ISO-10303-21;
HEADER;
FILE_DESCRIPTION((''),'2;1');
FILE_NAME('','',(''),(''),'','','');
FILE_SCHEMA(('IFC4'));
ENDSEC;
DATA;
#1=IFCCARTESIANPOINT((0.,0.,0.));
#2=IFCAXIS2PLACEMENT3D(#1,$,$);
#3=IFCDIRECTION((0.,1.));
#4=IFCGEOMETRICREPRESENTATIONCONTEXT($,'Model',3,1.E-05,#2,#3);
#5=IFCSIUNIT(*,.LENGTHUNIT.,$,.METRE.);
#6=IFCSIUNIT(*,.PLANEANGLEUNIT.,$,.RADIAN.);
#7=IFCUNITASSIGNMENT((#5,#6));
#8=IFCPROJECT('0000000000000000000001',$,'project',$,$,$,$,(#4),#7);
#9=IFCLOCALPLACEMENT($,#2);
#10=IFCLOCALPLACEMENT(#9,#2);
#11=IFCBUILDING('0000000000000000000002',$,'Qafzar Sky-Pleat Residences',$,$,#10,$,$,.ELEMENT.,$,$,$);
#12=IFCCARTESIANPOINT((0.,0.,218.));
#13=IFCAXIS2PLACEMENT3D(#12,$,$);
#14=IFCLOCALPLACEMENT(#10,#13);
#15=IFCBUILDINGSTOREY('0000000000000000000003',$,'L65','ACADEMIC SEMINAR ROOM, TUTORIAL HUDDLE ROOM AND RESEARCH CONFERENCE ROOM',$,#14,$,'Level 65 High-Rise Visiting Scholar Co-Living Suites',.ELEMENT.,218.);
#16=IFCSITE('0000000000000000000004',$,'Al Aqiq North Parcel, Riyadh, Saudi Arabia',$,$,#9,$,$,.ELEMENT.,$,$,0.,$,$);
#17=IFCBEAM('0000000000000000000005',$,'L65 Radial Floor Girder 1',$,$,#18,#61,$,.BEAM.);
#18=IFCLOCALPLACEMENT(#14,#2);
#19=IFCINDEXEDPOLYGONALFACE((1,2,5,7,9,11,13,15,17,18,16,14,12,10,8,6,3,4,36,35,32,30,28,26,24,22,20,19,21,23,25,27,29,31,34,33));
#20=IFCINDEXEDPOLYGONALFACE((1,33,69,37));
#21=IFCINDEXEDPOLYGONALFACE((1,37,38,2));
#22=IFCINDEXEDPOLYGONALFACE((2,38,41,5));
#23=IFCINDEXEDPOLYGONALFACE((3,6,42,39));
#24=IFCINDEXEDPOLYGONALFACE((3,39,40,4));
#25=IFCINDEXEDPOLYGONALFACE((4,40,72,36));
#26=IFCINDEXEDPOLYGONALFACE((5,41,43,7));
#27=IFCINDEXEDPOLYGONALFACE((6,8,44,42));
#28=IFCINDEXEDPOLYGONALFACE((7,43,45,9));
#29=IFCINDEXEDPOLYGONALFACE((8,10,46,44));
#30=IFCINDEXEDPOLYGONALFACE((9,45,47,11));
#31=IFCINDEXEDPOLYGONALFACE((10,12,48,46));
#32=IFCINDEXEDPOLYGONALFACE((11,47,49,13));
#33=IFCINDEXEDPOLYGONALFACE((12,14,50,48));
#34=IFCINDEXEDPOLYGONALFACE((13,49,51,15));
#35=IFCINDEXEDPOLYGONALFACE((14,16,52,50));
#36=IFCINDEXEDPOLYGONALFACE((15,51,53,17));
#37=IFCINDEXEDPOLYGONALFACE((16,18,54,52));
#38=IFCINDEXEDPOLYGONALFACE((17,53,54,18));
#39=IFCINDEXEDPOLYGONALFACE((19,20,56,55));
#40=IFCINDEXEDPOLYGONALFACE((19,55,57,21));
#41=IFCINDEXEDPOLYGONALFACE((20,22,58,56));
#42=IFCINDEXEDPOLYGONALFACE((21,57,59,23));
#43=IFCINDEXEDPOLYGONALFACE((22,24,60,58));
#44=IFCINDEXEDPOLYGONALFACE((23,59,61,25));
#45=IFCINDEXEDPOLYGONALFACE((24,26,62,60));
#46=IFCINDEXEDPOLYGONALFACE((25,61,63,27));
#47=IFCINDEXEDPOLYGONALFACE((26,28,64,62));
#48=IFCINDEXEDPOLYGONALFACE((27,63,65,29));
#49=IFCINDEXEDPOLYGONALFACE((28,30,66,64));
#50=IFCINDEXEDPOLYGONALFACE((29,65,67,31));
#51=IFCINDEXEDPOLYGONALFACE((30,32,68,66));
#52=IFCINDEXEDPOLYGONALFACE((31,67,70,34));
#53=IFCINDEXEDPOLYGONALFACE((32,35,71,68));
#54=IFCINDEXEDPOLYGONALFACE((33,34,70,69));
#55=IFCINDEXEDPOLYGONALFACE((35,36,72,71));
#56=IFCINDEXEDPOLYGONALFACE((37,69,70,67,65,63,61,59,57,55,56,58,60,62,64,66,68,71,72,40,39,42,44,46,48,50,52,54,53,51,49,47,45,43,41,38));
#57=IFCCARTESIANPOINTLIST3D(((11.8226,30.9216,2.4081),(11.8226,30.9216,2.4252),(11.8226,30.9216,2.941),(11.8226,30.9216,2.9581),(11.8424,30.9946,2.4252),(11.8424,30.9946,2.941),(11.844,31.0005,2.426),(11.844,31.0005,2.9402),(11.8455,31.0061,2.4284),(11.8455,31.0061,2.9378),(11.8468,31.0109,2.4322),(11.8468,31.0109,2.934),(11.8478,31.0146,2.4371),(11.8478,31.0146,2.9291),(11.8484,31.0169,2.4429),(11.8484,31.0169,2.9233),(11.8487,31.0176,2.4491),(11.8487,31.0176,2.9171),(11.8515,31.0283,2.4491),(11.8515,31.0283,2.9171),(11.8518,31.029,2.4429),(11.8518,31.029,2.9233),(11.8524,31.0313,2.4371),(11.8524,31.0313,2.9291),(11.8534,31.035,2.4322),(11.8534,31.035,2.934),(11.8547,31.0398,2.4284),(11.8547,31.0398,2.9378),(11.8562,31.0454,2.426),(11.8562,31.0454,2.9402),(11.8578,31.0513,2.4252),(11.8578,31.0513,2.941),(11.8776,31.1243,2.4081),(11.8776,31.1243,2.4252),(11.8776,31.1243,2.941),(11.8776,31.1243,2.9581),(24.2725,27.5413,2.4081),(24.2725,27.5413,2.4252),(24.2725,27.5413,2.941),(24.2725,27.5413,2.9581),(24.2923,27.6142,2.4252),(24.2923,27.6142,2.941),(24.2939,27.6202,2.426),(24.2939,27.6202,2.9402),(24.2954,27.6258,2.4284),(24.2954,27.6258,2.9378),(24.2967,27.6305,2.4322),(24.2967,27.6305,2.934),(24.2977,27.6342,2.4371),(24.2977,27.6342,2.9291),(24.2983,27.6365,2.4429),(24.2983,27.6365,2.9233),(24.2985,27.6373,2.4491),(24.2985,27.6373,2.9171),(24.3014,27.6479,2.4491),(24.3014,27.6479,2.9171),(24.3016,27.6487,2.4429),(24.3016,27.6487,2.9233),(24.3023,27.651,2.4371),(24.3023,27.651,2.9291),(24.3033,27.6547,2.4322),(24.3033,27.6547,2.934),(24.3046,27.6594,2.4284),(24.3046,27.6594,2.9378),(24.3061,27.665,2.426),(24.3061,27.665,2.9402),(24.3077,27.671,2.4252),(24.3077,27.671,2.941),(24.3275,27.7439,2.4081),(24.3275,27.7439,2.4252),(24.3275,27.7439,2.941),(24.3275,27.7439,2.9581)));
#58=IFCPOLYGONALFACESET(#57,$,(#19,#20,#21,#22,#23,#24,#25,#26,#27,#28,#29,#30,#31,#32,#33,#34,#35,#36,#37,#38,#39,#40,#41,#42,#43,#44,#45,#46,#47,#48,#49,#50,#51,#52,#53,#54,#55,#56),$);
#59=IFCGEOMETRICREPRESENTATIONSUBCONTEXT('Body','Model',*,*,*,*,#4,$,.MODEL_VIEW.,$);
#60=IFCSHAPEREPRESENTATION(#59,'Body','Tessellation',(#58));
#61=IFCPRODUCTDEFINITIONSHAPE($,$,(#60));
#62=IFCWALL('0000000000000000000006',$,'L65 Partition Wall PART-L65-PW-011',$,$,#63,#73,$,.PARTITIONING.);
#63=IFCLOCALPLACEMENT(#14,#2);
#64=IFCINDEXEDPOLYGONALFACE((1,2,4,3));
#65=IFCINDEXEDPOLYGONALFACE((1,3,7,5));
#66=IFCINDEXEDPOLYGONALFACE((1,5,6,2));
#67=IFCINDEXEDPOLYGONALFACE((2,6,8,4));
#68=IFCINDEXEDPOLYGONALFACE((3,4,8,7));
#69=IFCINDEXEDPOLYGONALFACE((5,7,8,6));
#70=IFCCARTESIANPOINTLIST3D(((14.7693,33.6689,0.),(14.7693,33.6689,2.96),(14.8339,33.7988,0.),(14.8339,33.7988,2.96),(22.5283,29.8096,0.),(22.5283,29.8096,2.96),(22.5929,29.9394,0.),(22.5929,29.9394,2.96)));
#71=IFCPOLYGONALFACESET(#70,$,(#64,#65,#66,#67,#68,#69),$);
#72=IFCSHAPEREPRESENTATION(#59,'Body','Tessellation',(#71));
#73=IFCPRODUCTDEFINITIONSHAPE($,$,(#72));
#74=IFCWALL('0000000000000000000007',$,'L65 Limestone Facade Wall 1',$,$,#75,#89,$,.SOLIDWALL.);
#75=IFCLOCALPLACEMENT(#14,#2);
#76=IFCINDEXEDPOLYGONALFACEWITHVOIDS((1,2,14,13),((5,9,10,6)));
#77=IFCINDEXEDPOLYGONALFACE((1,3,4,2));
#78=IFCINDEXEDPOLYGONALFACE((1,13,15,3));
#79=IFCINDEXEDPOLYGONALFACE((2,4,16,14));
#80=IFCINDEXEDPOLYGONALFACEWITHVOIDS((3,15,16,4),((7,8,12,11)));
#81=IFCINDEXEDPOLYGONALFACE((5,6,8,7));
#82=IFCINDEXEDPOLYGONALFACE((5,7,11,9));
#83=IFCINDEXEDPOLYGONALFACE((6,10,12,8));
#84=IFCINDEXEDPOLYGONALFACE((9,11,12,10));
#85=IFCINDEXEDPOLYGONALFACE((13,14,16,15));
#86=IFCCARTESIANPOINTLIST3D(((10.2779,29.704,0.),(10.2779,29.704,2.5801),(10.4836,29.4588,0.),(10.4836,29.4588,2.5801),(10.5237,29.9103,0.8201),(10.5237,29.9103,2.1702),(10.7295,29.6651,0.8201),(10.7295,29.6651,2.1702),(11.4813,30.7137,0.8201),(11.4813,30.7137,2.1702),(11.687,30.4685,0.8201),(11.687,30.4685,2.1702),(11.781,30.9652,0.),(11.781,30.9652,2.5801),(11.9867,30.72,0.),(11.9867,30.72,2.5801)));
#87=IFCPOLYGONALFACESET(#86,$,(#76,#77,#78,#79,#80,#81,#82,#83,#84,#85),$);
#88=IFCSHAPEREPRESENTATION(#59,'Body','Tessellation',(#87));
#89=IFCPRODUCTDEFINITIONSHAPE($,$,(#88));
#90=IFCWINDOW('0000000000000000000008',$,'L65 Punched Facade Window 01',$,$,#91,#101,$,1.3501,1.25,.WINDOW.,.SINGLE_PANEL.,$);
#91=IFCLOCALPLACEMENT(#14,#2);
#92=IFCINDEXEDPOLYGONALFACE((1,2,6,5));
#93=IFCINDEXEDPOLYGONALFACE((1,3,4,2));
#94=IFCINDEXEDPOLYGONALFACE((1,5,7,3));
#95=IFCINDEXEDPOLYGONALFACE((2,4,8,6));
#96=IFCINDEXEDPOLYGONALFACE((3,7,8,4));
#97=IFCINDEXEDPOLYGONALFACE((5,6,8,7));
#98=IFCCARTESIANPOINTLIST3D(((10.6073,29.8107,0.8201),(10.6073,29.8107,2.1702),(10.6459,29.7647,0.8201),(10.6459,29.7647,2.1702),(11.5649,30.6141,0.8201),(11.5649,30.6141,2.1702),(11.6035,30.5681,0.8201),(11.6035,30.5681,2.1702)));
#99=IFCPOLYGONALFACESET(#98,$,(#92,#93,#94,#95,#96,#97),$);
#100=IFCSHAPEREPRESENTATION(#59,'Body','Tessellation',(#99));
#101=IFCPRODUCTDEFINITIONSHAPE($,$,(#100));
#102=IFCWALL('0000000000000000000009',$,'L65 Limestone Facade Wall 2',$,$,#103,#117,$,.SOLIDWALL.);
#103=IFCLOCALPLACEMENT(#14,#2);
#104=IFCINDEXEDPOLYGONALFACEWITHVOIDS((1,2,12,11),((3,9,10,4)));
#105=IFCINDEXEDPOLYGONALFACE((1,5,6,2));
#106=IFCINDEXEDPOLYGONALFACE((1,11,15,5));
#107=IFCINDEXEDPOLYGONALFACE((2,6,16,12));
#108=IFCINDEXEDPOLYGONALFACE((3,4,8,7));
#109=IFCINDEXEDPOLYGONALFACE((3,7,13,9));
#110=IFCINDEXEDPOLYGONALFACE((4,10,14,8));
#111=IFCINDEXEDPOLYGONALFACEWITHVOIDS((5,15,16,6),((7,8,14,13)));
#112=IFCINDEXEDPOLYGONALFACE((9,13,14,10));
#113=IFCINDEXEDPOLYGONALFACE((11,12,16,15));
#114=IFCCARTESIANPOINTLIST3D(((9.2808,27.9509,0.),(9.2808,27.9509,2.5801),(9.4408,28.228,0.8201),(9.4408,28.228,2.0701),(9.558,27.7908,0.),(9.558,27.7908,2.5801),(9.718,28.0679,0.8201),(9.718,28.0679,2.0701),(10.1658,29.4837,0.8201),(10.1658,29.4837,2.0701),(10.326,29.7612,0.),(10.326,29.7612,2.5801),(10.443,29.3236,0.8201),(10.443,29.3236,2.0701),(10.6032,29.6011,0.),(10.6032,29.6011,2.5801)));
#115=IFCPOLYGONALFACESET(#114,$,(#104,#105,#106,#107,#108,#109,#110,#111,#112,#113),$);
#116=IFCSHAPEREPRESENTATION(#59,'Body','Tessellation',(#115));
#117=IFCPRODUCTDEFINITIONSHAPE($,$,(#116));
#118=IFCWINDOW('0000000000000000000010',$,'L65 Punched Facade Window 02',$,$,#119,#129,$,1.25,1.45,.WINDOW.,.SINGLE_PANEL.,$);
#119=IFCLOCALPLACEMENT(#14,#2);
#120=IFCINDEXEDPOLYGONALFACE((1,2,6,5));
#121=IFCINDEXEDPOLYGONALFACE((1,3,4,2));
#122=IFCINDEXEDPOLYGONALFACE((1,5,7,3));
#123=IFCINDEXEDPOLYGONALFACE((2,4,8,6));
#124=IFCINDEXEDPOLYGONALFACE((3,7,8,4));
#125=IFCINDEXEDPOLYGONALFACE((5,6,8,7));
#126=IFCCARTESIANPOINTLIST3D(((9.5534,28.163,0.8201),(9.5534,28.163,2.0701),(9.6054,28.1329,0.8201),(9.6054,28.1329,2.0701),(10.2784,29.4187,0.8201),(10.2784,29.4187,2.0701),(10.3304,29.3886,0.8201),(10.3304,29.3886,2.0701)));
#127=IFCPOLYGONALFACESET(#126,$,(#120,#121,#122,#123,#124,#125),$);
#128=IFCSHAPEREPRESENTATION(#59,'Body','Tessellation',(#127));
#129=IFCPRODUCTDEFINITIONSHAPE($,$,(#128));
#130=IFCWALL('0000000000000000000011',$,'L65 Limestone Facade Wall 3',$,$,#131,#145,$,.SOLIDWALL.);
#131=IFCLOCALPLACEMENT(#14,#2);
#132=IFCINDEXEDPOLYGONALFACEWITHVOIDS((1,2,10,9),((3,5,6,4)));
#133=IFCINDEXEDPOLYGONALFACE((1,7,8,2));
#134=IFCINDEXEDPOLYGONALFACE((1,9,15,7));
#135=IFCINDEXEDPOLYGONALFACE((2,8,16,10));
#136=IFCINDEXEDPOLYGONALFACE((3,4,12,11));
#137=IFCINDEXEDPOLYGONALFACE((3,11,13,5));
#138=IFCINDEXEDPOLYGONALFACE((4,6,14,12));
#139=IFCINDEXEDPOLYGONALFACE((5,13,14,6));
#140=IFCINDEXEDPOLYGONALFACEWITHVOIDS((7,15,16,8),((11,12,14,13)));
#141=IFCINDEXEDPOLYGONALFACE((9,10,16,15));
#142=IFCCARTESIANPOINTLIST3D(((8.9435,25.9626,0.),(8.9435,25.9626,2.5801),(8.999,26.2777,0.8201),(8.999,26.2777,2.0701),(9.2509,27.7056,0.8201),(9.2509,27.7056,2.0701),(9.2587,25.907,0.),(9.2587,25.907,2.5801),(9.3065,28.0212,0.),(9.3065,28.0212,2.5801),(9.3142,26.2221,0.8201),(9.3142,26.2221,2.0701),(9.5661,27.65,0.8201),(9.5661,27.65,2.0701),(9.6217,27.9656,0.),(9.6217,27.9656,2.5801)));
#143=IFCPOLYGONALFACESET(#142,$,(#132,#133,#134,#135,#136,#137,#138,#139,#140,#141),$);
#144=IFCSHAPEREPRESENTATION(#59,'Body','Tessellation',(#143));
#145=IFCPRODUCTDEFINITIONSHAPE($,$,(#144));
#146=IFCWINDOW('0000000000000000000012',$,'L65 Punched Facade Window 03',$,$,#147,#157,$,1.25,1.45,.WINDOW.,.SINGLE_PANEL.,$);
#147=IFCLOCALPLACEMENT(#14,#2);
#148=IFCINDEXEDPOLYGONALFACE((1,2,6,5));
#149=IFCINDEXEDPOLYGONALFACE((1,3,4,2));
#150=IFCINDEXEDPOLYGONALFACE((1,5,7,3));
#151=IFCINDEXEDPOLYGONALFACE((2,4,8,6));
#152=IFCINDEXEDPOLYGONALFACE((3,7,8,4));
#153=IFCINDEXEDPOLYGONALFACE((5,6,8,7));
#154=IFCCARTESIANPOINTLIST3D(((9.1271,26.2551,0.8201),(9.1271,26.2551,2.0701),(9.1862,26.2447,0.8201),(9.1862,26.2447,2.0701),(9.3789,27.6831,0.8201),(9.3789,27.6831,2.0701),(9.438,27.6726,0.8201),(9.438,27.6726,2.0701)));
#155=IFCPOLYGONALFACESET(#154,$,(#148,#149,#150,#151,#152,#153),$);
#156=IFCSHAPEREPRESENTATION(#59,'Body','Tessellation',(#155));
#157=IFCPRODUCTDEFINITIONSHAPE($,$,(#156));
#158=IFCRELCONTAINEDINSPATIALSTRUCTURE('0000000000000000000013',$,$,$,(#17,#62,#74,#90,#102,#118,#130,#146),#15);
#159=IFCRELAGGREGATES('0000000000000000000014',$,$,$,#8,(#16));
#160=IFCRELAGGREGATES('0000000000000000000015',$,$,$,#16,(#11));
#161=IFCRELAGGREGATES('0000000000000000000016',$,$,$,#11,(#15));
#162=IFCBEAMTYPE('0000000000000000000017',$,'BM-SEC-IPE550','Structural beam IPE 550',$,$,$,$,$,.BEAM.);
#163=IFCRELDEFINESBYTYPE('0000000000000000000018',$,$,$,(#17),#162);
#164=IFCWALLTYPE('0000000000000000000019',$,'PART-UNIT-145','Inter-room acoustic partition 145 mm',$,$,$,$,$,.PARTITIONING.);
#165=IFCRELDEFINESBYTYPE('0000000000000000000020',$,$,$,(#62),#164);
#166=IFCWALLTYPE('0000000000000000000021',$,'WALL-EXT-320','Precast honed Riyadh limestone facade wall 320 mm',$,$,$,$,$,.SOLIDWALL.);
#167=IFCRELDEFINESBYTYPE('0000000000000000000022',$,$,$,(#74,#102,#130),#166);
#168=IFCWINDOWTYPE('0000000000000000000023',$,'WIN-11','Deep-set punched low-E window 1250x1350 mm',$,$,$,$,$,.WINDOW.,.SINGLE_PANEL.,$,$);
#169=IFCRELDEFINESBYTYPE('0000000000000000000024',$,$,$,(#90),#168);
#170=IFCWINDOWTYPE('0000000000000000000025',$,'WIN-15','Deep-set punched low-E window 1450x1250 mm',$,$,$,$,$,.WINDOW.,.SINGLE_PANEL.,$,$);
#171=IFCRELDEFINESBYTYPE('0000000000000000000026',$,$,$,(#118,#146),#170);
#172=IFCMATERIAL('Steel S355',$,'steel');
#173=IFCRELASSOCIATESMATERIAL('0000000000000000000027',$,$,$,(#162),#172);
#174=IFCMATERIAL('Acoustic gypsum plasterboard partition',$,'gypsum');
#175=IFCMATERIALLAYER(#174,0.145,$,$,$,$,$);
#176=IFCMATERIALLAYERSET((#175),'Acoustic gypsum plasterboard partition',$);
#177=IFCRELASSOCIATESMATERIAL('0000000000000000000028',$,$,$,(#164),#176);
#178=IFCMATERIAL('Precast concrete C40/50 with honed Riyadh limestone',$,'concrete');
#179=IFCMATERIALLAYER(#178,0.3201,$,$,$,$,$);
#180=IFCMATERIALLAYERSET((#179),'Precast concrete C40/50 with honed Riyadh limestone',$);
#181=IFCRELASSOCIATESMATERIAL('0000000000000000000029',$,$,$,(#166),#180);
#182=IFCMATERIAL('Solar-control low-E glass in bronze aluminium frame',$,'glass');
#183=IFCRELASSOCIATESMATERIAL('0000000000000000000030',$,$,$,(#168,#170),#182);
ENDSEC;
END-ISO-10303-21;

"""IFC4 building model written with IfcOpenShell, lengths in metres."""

from ifc_helpers import new_model, si_unit, direction, frame, frame_2d, origin, origin_2d, place, context, subcontext, project, spatial, rectangle, i_section, extrude, source, transform, mapped, material, layer, layer_set, material_profile, profile_set, type_object, element, fill, save


model = new_model("IFC4")

# Units and contexts
model_context = context("Model", 3, precision=1e-05, world=origin(), true_north=direction((0.0, 1.0)))
body_context = subcontext(model_context, "Body", "Model", "MODEL_VIEW")
ifc_project = project(units=[si_unit("LENGTHUNIT", "METRE"), si_unit("PLANEANGLEUNIT", "RADIAN")], contexts=[model_context])

# Site, building, storey
site_placement = place(None, origin())
site = spatial("IfcSite", under=ifc_project, at=site_placement, Name="Al Aqiq North Parcel, Riyadh, Saudi Arabia", CompositionType="ELEMENT", RefElevation=0.0)
building_placement = place(site_placement, origin())
building = spatial("IfcBuilding", under=site, at=building_placement, Name="Qafzar Sky-Pleat Residences", CompositionType="ELEMENT")
storey_placement = place(building_placement, frame((0.0, 0.0, 218.0)))
storey = spatial("IfcBuildingStorey", under=building, at=storey_placement, Name="L65", Description="ACADEMIC SEMINAR ROOM, TUTORIAL HUDDLE ROOM AND RESEARCH CONFERENCE ROOM", LongName="Level 65 High-Rise Visiting Scholar Co-Living Suites", CompositionType="ELEMENT", Elevation=218.0)

# Shared definitions
ifc_material_1 = material(Name="Steel S355", Category="steel")

# Beam
ifc_material_profile_1 = material_profile(ifc_material_1, i_section(OverallWidth=0.21, OverallDepth=0.55, WebThickness=0.011, FlangeThickness=0.0171, FilletRadius=0.0239, at=origin_2d()), Name="IPE 550")
ifc_profile_set_1 = profile_set([ifc_material_profile_1], Name="Steel S355")
beam_type_1 = type_object("IfcBeamType", Name="BM-SEC-IPE550", Description="Structural beam IPE 550", PredefinedType="BEAM", material=ifc_profile_set_1)
shared_shape_1 = source(origin(), body_context, "Body", "SweptSolid", [
    extrude(i_section(OverallWidth=0.21, OverallDepth=0.55, WebThickness=0.011, FlangeThickness=0.0171, FilletRadius=0.0239, at=origin_2d()), origin(), (0.0, 0.0, 1.0), 12.9006),
])
beam_1_placement = place(storey_placement, frame((11.8501, 31.0229, 2.6831), z_axis=(0.96506, -0.26203, 0.0), x_axis=(0.26203, 0.96506, 0.0)))
element("IfcBeam", 1, at=beam_1_placement, inside=storey, type_object=beam_type_1, Name="L65 Radial Floor Girder 1", PredefinedType="BEAM", context=body_context, shape_type="MappedRepresentation", body=[
    mapped(shared_shape_1, transform((0.0, 0.0, 0.0), x_axis=(1.0, 0.0, 0.0), y_axis=(0.0, 1.0, 0.0), z_axis=(0.0, 0.0, 1.0), scale=1.0)),
])

# Wall
ifc_material_2 = material(Name="Acoustic gypsum plasterboard partition", Category="gypsum")
ifc_layer_1 = layer(ifc_material_2, 0.145)
ifc_layer_set_1 = layer_set([ifc_layer_1], Name="Acoustic gypsum plasterboard partition")
wall_type_1 = type_object("IfcWallType", Name="PART-UNIT-145", Description="Inter-room acoustic partition 145 mm", PredefinedType="PARTITIONING", material=ifc_layer_set_1)
wall_1_placement = place(storey_placement, frame((14.8015, 33.7339, 0.0), z_axis=(0.0, 0.0, 1.0), x_axis=(0.895355, -0.445353, 0.0)))
element("IfcWall", 2, at=wall_1_placement, inside=storey, type_object=wall_type_1, Name="L65 Partition Wall PART-L65-PW-011", PredefinedType="PARTITIONING", context=body_context, shape_type="SweptSolid", body=[
    extrude(rectangle(XDim=8.6658, YDim=0.145, at=frame_2d((4.333, 0.0))), origin(), (0.0, 0.0, 1.0), 2.96),
])

# Walls, openings, windows
ifc_material_3 = material(Name="Precast concrete C40/50 with honed Riyadh limestone", Category="concrete")
ifc_layer_2 = layer(ifc_material_3, 0.3201)
ifc_layer_set_2 = layer_set([ifc_layer_2], Name="Precast concrete C40/50 with honed Riyadh limestone")
wall_type_2 = type_object("IfcWallType", Name="WALL-EXT-320", Description="Precast honed Riyadh limestone facade wall 320 mm", PredefinedType="SOLIDWALL", material=ifc_layer_set_2)
wall_2_placement = place(storey_placement, frame((11.8838, 30.8425, 0.0), z_axis=(0.0, 0.0, 1.0), x_axis=(-0.766065, -0.642763, 0.0)))
wall_2 = element("IfcWall", 3, at=wall_2_placement, inside=storey, type_object=wall_type_2, Name="L65 Limestone Facade Wall 1", PredefinedType="SOLIDWALL", context=body_context, shape_type="SweptSolid", body=[
    extrude(rectangle(XDim=1.9622, YDim=0.3201, at=frame_2d((0.981, 0.0))), origin(), (0.0, 0.0, 1.0), 2.5801),
])
opening_1_placement = place(wall_2_placement, frame((0.3911, 0.0, 0.8201)))
opening_1 = element("IfcOpeningElement", 4, at=opening_1_placement, cuts=wall_2, PredefinedType="OPENING", context=body_context, shape_type="SweptSolid", body=[
    extrude(rectangle(XDim=1.25, YDim=1.3501, at=frame_2d((0.625, 0.675))), frame((0.0, 0.1699, 0.0), z_axis=(0.0, -1.0, 0.0), x_axis=(1.0, 0.0, 0.0)), (0.0, 0.0, 1.0), 0.3401),
])
ifc_material_4 = material(Name="Solar-control low-E glass in bronze aluminium frame", Category="glass")
window_type_1 = type_object("IfcWindowType", Name="WIN-11", Description="Deep-set punched low-E window 1250x1350 mm", PartitioningType="SINGLE_PANEL", PredefinedType="WINDOW", material=ifc_material_4)
shared_shape_2 = source(origin(), body_context, "Body", "SweptSolid", [
    extrude(rectangle(XDim=1.25, YDim=1.3501, at=frame_2d((0.625, 0.675))), frame((0.0, 0.03, 0.0), z_axis=(0.0, -1.0, 0.0), x_axis=(1.0, 0.0, 0.0)), (0.0, 0.0, 1.0), 0.0601),
])
window_1_placement = place(opening_1_placement, origin())
window_1 = element("IfcWindow", 5, at=window_1_placement, inside=storey, type_object=window_type_1, Name="L65 Punched Facade Window 01", OverallHeight=1.3501, OverallWidth=1.25, PartitioningType="SINGLE_PANEL", PredefinedType="WINDOW", context=body_context, shape_type="MappedRepresentation", body=[
    mapped(shared_shape_2, transform((0.0, 0.0, 0.0), x_axis=(1.0, 0.0, 0.0), y_axis=(0.0, 1.0, 0.0), z_axis=(0.0, 0.0, 1.0), scale=1.0)),
])
fill(opening_1, window_1)
wall_3_placement = place(storey_placement, frame((10.4646, 29.6812, 0.0), z_axis=(0.0, 0.0, 1.0), x_axis=(-0.499995, -0.866028, 0.0)))
wall_3 = element("IfcWall", 6, at=wall_3_placement, inside=storey, type_object=wall_type_2, Name="L65 Limestone Facade Wall 2", PredefinedType="SOLIDWALL", context=body_context, shape_type="SweptSolid", body=[
    extrude(rectangle(XDim=2.0903, YDim=0.3201, at=frame_2d((1.0452, 0.0))), origin(), (0.0, 0.0, 1.0), 2.5801),
])
opening_2_placement = place(wall_3_placement, frame((0.3203, 0.0, 0.8201)))
opening_2 = element("IfcOpeningElement", 7, at=opening_2_placement, cuts=wall_3, PredefinedType="OPENING", context=body_context, shape_type="SweptSolid", body=[
    extrude(rectangle(XDim=1.45, YDim=1.25, at=frame_2d((0.7251, 0.625))), frame((0.0, 0.1699, 0.0), z_axis=(0.0, -1.0, 0.0), x_axis=(1.0, 0.0, 0.0)), (0.0, 0.0, 1.0), 0.3401),
])
window_type_2 = type_object("IfcWindowType", Name="WIN-15", Description="Deep-set punched low-E window 1450x1250 mm", PartitioningType="SINGLE_PANEL", PredefinedType="WINDOW", material=ifc_material_4)
shared_shape_3 = source(origin(), body_context, "Body", "SweptSolid", [
    extrude(rectangle(XDim=1.45, YDim=1.25, at=frame_2d((0.7251, 0.625))), frame((0.0, 0.03, 0.0), z_axis=(0.0, -1.0, 0.0), x_axis=(1.0, 0.0, 0.0)), (0.0, 0.0, 1.0), 0.0601),
])
window_2_placement = place(opening_2_placement, origin())
window_2 = element("IfcWindow", 8, at=window_2_placement, inside=storey, type_object=window_type_2, Name="L65 Punched Facade Window 02", OverallHeight=1.25, OverallWidth=1.45, PartitioningType="SINGLE_PANEL", PredefinedType="WINDOW", context=body_context, shape_type="MappedRepresentation", body=[
    mapped(shared_shape_3, transform((0.0, 0.0, 0.0), x_axis=(1.0, 0.0, 0.0), y_axis=(0.0, 1.0, 0.0), z_axis=(0.0, 0.0, 1.0), scale=1.0)),
])
fill(opening_2, window_2)
wall_4_placement = place(storey_placement, frame((9.4641, 27.9934, 0.0), z_axis=(0.0, 0.0, 1.0), x_axis=(-0.173672, -0.984804, 0.0)))
wall_4 = element("IfcWall", 9, at=wall_4_placement, inside=storey, type_object=wall_type_2, Name="L65 Limestone Facade Wall 3", PredefinedType="SOLIDWALL", context=body_context, shape_type="SweptSolid", body=[
    extrude(rectangle(XDim=2.0903, YDim=0.3201, at=frame_2d((1.0452, 0.0))), origin(), (0.0, 0.0, 1.0), 2.5801),
])
opening_3_placement = place(wall_4_placement, frame((0.3203, 0.0, 0.8201)))
opening_3 = element("IfcOpeningElement", 10, at=opening_3_placement, cuts=wall_4, PredefinedType="OPENING", context=body_context, shape_type="SweptSolid", body=[
    extrude(rectangle(XDim=1.45, YDim=1.25, at=frame_2d((0.7251, 0.625))), frame((0.0, 0.1699, 0.0), z_axis=(0.0, -1.0, 0.0), x_axis=(1.0, 0.0, 0.0)), (0.0, 0.0, 1.0), 0.3401),
])
window_3_placement = place(opening_3_placement, origin())
window_3 = element("IfcWindow", 11, at=window_3_placement, inside=storey, type_object=window_type_2, Name="L65 Punched Facade Window 03", OverallHeight=1.25, OverallWidth=1.45, PartitioningType="SINGLE_PANEL", PredefinedType="WINDOW", context=body_context, shape_type="MappedRepresentation", body=[
    mapped(shared_shape_3, transform((0.0, 0.0, 0.0), x_axis=(1.0, 0.0, 0.0), y_axis=(0.0, 1.0, 0.0), z_axis=(0.0, 0.0, 1.0), scale=1.0)),
])
fill(opening_3, window_3)

save(model, "model.ifc")
